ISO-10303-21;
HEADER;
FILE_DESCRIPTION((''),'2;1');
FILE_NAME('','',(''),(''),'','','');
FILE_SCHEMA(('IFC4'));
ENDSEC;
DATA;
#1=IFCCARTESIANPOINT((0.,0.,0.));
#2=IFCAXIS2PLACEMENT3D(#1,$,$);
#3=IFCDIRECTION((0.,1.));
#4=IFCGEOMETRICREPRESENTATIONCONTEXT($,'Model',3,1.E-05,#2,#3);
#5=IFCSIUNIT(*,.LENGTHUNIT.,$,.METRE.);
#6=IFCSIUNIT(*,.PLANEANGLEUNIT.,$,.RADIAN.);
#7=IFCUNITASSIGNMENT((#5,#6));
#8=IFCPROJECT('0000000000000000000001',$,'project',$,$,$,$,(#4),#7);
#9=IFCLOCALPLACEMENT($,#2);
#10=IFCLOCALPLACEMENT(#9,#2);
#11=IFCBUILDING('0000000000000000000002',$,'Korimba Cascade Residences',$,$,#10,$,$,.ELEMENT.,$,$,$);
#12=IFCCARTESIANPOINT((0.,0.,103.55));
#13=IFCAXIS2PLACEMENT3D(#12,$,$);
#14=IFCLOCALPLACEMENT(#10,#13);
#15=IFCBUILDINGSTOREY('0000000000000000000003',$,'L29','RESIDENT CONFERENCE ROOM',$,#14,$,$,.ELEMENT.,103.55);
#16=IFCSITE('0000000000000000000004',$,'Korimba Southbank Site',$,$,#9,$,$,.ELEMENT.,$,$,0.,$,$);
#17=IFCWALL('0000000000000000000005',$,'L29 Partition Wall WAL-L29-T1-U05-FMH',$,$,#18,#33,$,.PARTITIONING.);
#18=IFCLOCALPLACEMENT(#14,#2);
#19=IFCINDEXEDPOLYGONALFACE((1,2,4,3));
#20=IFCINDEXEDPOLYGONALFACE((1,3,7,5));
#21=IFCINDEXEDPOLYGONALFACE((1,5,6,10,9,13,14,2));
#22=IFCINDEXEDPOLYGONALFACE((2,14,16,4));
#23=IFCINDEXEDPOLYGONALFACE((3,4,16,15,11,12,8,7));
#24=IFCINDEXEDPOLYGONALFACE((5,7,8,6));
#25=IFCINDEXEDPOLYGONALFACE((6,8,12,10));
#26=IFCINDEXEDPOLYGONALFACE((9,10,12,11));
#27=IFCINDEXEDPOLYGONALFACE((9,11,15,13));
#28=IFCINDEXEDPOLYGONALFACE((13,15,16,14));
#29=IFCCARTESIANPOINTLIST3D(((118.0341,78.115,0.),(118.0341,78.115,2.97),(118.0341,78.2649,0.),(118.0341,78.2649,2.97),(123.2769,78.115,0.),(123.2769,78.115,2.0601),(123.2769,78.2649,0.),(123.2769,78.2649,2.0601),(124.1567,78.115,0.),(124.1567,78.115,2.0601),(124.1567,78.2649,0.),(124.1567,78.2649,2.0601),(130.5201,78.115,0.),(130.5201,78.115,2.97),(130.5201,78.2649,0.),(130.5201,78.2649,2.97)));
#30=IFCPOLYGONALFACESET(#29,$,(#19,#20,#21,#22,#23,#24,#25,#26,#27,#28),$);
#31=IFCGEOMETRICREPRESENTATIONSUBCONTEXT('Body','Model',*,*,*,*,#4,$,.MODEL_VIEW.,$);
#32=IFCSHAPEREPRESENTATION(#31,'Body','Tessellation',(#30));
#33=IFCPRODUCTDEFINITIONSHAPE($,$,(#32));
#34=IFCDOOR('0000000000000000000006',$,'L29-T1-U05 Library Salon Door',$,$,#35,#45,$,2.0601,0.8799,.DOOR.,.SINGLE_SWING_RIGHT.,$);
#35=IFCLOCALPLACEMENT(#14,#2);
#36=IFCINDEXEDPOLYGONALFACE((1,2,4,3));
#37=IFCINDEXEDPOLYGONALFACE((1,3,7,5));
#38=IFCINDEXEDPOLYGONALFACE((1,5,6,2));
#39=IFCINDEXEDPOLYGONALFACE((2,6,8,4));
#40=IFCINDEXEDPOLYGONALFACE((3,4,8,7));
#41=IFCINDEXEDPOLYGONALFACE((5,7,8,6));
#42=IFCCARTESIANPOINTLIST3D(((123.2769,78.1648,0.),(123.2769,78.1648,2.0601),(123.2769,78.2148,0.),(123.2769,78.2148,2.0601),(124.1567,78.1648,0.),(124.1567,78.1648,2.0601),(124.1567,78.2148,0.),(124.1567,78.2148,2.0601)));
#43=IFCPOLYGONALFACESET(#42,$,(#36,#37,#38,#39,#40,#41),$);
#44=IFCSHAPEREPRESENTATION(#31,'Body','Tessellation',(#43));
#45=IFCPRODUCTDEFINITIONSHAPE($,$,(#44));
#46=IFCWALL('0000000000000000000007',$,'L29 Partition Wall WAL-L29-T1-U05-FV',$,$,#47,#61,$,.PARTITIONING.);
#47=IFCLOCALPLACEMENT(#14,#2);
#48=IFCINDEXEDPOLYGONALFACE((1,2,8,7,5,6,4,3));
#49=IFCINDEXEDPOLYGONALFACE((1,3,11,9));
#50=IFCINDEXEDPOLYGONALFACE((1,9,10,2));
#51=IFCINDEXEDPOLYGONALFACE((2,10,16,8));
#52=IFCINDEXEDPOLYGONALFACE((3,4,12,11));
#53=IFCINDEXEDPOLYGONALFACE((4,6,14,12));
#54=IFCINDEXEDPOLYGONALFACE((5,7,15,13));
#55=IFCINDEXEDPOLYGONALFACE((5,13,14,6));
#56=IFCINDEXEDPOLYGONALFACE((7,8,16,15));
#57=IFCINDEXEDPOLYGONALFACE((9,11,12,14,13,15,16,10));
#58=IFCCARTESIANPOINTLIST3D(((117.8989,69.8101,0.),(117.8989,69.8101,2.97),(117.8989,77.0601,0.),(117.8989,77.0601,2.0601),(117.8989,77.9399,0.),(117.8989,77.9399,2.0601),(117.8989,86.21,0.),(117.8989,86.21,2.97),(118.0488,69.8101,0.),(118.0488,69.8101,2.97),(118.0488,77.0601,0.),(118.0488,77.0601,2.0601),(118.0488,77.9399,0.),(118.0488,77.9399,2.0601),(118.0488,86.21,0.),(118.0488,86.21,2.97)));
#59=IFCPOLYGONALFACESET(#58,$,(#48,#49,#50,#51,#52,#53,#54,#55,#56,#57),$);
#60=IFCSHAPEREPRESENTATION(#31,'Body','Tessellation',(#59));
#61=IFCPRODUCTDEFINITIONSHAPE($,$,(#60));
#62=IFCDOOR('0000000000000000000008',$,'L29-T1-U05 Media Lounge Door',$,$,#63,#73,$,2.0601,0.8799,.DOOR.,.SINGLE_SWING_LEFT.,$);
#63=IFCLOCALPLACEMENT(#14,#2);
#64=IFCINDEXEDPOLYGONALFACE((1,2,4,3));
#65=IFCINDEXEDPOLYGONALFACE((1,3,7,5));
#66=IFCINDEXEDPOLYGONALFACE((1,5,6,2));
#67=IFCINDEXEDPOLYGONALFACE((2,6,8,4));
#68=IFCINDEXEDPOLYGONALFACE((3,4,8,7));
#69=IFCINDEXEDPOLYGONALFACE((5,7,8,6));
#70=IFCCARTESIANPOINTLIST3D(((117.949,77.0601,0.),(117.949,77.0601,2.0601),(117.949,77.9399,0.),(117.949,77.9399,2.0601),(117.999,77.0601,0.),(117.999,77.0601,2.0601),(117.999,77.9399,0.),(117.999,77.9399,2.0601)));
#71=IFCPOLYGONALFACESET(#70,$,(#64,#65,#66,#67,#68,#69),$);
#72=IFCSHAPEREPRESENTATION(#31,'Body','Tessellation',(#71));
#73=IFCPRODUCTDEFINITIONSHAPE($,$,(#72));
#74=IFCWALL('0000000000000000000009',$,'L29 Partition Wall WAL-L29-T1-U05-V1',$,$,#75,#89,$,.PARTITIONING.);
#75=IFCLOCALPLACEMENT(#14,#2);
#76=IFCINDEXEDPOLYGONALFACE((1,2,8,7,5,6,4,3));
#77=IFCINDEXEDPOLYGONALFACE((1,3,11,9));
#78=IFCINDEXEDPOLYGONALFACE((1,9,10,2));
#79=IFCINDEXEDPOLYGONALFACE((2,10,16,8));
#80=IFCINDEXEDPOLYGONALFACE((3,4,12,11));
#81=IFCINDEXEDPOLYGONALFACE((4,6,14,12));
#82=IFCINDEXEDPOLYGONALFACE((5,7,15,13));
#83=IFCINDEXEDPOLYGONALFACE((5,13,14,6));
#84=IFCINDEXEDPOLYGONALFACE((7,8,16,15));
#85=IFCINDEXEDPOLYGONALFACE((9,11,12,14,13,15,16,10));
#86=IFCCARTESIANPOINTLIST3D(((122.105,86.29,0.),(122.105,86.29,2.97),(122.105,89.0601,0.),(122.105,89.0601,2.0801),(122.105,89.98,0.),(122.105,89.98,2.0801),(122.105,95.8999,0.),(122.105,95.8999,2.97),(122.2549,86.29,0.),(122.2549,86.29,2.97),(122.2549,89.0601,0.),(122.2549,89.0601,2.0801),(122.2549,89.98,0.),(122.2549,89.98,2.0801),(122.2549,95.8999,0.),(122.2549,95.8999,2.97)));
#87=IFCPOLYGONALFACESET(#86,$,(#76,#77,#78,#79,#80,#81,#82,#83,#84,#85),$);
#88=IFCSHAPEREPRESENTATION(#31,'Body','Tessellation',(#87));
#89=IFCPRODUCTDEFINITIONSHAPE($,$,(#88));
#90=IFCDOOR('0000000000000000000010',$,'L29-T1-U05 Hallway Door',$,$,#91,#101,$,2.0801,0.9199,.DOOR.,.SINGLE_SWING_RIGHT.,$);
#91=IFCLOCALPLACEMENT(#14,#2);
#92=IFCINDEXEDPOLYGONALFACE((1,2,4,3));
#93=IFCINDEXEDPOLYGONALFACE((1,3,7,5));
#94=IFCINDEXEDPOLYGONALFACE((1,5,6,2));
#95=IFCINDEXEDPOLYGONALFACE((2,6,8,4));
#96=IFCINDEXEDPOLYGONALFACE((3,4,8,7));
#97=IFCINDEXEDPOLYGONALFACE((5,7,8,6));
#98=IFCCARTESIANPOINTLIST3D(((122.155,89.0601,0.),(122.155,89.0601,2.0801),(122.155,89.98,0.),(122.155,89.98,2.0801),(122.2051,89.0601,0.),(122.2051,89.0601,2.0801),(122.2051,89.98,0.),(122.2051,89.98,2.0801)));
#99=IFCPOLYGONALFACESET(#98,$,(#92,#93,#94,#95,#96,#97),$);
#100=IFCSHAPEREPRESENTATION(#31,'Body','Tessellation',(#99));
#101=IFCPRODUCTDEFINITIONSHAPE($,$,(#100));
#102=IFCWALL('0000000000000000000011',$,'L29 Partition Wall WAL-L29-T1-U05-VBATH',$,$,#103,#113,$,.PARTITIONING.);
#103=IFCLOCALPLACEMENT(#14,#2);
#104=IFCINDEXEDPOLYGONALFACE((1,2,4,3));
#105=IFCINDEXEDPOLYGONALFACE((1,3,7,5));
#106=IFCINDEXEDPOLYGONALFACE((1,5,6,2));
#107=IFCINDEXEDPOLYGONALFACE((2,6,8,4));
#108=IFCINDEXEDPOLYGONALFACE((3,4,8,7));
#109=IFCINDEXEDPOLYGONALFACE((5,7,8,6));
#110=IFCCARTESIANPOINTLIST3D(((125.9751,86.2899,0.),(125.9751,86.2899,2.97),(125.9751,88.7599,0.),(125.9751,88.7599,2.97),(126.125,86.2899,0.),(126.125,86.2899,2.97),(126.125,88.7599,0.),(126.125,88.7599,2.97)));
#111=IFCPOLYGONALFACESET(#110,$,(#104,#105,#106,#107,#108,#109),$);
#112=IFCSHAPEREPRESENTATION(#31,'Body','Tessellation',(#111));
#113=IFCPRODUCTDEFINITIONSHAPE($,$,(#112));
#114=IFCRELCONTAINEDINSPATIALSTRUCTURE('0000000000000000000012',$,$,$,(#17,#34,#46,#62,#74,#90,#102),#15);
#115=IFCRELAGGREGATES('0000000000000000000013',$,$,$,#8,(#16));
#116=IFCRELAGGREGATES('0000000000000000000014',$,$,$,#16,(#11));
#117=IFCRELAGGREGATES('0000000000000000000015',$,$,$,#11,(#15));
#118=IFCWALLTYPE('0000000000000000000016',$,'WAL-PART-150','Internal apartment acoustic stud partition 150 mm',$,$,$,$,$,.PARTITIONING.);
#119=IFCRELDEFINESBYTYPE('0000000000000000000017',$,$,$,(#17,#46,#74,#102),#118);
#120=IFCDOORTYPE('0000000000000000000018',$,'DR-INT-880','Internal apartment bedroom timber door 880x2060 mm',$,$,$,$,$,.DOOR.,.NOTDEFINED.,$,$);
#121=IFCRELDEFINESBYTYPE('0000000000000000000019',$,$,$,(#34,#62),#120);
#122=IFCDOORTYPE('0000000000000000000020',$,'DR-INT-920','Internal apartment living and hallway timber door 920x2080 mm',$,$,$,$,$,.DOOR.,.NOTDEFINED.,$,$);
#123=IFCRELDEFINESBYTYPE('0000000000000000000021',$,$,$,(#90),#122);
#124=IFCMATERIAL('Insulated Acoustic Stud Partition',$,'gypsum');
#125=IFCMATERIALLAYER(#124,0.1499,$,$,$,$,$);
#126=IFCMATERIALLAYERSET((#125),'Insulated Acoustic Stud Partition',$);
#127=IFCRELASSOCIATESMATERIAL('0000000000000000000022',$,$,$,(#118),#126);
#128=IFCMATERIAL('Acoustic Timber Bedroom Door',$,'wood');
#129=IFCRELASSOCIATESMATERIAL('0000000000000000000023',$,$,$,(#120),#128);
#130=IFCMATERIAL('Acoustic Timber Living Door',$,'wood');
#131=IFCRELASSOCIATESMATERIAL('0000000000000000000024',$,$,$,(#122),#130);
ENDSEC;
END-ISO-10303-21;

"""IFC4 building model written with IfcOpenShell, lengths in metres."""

from ifc_helpers import new_model, si_unit, direction, frame, frame_2d, origin, place, context, subcontext, project, spatial, rectangle, extrude, material, layer, layer_set, type_object, element, fill, save


model = new_model("IFC4")

# Units and contexts
model_context = context("Model", 3, precision=1e-05, world=origin(), true_north=direction((0.0, 1.0)))
body_context = subcontext(model_context, "Body", "Model", "MODEL_VIEW")
ifc_project = project(units=[si_unit("LENGTHUNIT", "METRE"), si_unit("PLANEANGLEUNIT", "RADIAN")], contexts=[model_context])

# Site, building, storey
site_placement = place(None, origin())
site = spatial("IfcSite", under=ifc_project, at=site_placement, Name="Korimba Southbank Site", CompositionType="ELEMENT", RefElevation=0.0)
building_placement = place(site_placement, origin())
building = spatial("IfcBuilding", under=site, at=building_placement, Name="Korimba Cascade Residences", CompositionType="ELEMENT")
storey_placement = place(building_placement, frame((0.0, 0.0, 103.55)))
storey = spatial("IfcBuildingStorey", under=building, at=storey_placement, Name="L29", Description="RESIDENT CONFERENCE ROOM", CompositionType="ELEMENT", Elevation=103.55)

# Shared definitions
ifc_material_1 = material(Name="Insulated Acoustic Stud Partition", Category="gypsum")
ifc_layer_1 = layer(ifc_material_1, 0.1499)
ifc_layer_set_1 = layer_set([ifc_layer_1], Name="Insulated Acoustic Stud Partition")
wall_type_1 = type_object("IfcWallType", Name="WAL-PART-150", Description="Internal apartment acoustic stud partition 150 mm", PredefinedType="PARTITIONING", material=ifc_layer_set_1)
ifc_material_2 = material(Name="Acoustic Timber Bedroom Door", Category="wood")
door_type_1 = type_object("IfcDoorType", Name="DR-INT-880", Description="Internal apartment bedroom timber door 880x2060 mm", OperationType="NOTDEFINED", PredefinedType="DOOR", material=ifc_material_2)

# Walls, openings, doors
wall_1_placement = place(storey_placement, frame((118.0339, 78.1899, 0.0), z_axis=(0.0, 0.0, 1.0), x_axis=(1.0, 0.0, 0.0)))
wall_1 = element("IfcWall", 1, at=wall_1_placement, inside=storey, type_object=wall_type_1, Name="L29 Partition Wall WAL-L29-T1-U05-FMH", PredefinedType="PARTITIONING", context=body_context, shape_type="SweptSolid", body=[
    extrude(rectangle(XDim=12.4861, YDim=0.1499, at=frame_2d((6.2432, 0.0))), origin(), (0.0, 0.0, 1.0), 2.97),
])
opening_1_placement = place(wall_1_placement, frame((5.2429, 0.0, 0.0)))
opening_1 = element("IfcOpeningElement", 2, at=opening_1_placement, cuts=wall_1, PredefinedType="OPENING", context=body_context, shape_type="SweptSolid", body=[
    extrude(rectangle(XDim=0.8799, YDim=2.0601, at=frame_2d((0.4399, 1.03))), frame((0.0, 0.085, 0.0), z_axis=(0.0, -1.0, 0.0), x_axis=(1.0, 0.0, 0.0)), (0.0, 0.0, 1.0), 0.1699),
])
door_1_placement = place(opening_1_placement, origin())
door_1 = element("IfcDoor", 3, at=door_1_placement, inside=storey, type_object=door_type_1, Name="L29-T1-U05 Library Salon Door", OperationType="SINGLE_SWING_RIGHT", OverallHeight=2.0601, OverallWidth=0.8799, PredefinedType="DOOR", context=body_context, shape_type="SweptSolid", body=[
    extrude(rectangle(XDim=0.8799, YDim=2.0601, at=frame_2d((0.4399, 1.03))), frame((0.0, 0.0249, 0.0), z_axis=(0.0, -1.0, 0.0), x_axis=(1.0, 0.0, 0.0)), (0.0, 0.0, 1.0), 0.05),
])
fill(opening_1, door_1)
wall_2_placement = place(storey_placement, frame((117.9739, 69.8101, 0.0), z_axis=(0.0, 0.0, 1.0), x_axis=(0.0, 1.0, 0.0)))
wall_2 = element("IfcWall", 4, at=wall_2_placement, inside=storey, type_object=wall_type_1, Name="L29 Partition Wall WAL-L29-T1-U05-FV", PredefinedType="PARTITIONING", context=body_context, shape_type="SweptSolid", body=[
    extrude(rectangle(XDim=16.3999, YDim=0.1499, at=frame_2d((8.2, 0.0))), origin(), (0.0, 0.0, 1.0), 2.97),
])
opening_2_placement = place(wall_2_placement, frame((7.25, 0.0, 0.0)))
opening_2 = element("IfcOpeningElement", 5, at=opening_2_placement, cuts=wall_2, PredefinedType="OPENING", context=body_context, shape_type="SweptSolid", body=[
    extrude(rectangle(XDim=0.8799, YDim=2.0601, at=frame_2d((0.4399, 1.03))), frame((0.0, 0.085, 0.0), z_axis=(0.0, -1.0, 0.0), x_axis=(1.0, 0.0, 0.0)), (0.0, 0.0, 1.0), 0.1699),
])
door_2_placement = place(opening_2_placement, origin())
door_2 = element("IfcDoor", 6, at=door_2_placement, inside=storey, type_object=door_type_1, Name="L29-T1-U05 Media Lounge Door", OperationType="SINGLE_SWING_LEFT", OverallHeight=2.0601, OverallWidth=0.8799, PredefinedType="DOOR", context=body_context, shape_type="SweptSolid", body=[
    extrude(rectangle(XDim=0.8799, YDim=2.0601, at=frame_2d((0.4399, 1.03))), frame((0.0, 0.0249, 0.0), z_axis=(0.0, -1.0, 0.0), x_axis=(1.0, 0.0, 0.0)), (0.0, 0.0, 1.0), 0.05),
])
fill(opening_2, door_2)
wall_3_placement = place(storey_placement, frame((122.1799, 86.29, 0.0), z_axis=(0.0, 0.0, 1.0), x_axis=(0.0, 1.0, 0.0)))
wall_3 = element("IfcWall", 7, at=wall_3_placement, inside=storey, type_object=wall_type_1, Name="L29 Partition Wall WAL-L29-T1-U05-V1", PredefinedType="PARTITIONING", context=body_context, shape_type="SweptSolid", body=[
    extrude(rectangle(XDim=9.6099, YDim=0.1499, at=frame_2d((4.8049, 0.0))), origin(), (0.0, 0.0, 1.0), 2.97),
])
opening_3_placement = place(wall_3_placement, frame((2.77, 0.0, 0.0)))
opening_3 = element("IfcOpeningElement", 8, at=opening_3_placement, cuts=wall_3, PredefinedType="OPENING", context=body_context, shape_type="SweptSolid", body=[
    extrude(rectangle(XDim=0.9199, YDim=2.0801, at=frame_2d((0.46, 1.04))), frame((0.0, 0.085, 0.0), z_axis=(0.0, -1.0, 0.0), x_axis=(1.0, 0.0, 0.0)), (0.0, 0.0, 1.0), 0.1699),
])
ifc_material_3 = material(Name="Acoustic Timber Living Door", Category="wood")
door_type_2 = type_object("IfcDoorType", Name="DR-INT-920", Description="Internal apartment living and hallway timber door 920x2080 mm", OperationType="NOTDEFINED", PredefinedType="DOOR", material=ifc_material_3)
door_3_placement = place(opening_3_placement, origin())
door_3 = element("IfcDoor", 9, at=door_3_placement, inside=storey, type_object=door_type_2, Name="L29-T1-U05 Hallway Door", OperationType="SINGLE_SWING_RIGHT", OverallHeight=2.0801, OverallWidth=0.9199, PredefinedType="DOOR", context=body_context, shape_type="SweptSolid", body=[
    extrude(rectangle(XDim=0.9199, YDim=2.0801, at=frame_2d((0.46, 1.04))), frame((0.0, 0.0249, 0.0), z_axis=(0.0, -1.0, 0.0), x_axis=(1.0, 0.0, 0.0)), (0.0, 0.0, 1.0), 0.05),
])
fill(opening_3, door_3)

# Wall
wall_4_placement = place(storey_placement, frame((126.05, 86.29, 0.0), z_axis=(0.0, 0.0, 1.0), x_axis=(0.0, 1.0, 0.0)))
element("IfcWall", 10, at=wall_4_placement, inside=storey, type_object=wall_type_1, Name="L29 Partition Wall WAL-L29-T1-U05-VBATH", PredefinedType="PARTITIONING", context=body_context, shape_type="SweptSolid", body=[
    extrude(rectangle(XDim=2.47, YDim=0.1499, at=frame_2d((1.2349, 0.0))), origin(), (0.0, 0.0, 1.0), 2.97),
])

save(model, "model.ifc")
